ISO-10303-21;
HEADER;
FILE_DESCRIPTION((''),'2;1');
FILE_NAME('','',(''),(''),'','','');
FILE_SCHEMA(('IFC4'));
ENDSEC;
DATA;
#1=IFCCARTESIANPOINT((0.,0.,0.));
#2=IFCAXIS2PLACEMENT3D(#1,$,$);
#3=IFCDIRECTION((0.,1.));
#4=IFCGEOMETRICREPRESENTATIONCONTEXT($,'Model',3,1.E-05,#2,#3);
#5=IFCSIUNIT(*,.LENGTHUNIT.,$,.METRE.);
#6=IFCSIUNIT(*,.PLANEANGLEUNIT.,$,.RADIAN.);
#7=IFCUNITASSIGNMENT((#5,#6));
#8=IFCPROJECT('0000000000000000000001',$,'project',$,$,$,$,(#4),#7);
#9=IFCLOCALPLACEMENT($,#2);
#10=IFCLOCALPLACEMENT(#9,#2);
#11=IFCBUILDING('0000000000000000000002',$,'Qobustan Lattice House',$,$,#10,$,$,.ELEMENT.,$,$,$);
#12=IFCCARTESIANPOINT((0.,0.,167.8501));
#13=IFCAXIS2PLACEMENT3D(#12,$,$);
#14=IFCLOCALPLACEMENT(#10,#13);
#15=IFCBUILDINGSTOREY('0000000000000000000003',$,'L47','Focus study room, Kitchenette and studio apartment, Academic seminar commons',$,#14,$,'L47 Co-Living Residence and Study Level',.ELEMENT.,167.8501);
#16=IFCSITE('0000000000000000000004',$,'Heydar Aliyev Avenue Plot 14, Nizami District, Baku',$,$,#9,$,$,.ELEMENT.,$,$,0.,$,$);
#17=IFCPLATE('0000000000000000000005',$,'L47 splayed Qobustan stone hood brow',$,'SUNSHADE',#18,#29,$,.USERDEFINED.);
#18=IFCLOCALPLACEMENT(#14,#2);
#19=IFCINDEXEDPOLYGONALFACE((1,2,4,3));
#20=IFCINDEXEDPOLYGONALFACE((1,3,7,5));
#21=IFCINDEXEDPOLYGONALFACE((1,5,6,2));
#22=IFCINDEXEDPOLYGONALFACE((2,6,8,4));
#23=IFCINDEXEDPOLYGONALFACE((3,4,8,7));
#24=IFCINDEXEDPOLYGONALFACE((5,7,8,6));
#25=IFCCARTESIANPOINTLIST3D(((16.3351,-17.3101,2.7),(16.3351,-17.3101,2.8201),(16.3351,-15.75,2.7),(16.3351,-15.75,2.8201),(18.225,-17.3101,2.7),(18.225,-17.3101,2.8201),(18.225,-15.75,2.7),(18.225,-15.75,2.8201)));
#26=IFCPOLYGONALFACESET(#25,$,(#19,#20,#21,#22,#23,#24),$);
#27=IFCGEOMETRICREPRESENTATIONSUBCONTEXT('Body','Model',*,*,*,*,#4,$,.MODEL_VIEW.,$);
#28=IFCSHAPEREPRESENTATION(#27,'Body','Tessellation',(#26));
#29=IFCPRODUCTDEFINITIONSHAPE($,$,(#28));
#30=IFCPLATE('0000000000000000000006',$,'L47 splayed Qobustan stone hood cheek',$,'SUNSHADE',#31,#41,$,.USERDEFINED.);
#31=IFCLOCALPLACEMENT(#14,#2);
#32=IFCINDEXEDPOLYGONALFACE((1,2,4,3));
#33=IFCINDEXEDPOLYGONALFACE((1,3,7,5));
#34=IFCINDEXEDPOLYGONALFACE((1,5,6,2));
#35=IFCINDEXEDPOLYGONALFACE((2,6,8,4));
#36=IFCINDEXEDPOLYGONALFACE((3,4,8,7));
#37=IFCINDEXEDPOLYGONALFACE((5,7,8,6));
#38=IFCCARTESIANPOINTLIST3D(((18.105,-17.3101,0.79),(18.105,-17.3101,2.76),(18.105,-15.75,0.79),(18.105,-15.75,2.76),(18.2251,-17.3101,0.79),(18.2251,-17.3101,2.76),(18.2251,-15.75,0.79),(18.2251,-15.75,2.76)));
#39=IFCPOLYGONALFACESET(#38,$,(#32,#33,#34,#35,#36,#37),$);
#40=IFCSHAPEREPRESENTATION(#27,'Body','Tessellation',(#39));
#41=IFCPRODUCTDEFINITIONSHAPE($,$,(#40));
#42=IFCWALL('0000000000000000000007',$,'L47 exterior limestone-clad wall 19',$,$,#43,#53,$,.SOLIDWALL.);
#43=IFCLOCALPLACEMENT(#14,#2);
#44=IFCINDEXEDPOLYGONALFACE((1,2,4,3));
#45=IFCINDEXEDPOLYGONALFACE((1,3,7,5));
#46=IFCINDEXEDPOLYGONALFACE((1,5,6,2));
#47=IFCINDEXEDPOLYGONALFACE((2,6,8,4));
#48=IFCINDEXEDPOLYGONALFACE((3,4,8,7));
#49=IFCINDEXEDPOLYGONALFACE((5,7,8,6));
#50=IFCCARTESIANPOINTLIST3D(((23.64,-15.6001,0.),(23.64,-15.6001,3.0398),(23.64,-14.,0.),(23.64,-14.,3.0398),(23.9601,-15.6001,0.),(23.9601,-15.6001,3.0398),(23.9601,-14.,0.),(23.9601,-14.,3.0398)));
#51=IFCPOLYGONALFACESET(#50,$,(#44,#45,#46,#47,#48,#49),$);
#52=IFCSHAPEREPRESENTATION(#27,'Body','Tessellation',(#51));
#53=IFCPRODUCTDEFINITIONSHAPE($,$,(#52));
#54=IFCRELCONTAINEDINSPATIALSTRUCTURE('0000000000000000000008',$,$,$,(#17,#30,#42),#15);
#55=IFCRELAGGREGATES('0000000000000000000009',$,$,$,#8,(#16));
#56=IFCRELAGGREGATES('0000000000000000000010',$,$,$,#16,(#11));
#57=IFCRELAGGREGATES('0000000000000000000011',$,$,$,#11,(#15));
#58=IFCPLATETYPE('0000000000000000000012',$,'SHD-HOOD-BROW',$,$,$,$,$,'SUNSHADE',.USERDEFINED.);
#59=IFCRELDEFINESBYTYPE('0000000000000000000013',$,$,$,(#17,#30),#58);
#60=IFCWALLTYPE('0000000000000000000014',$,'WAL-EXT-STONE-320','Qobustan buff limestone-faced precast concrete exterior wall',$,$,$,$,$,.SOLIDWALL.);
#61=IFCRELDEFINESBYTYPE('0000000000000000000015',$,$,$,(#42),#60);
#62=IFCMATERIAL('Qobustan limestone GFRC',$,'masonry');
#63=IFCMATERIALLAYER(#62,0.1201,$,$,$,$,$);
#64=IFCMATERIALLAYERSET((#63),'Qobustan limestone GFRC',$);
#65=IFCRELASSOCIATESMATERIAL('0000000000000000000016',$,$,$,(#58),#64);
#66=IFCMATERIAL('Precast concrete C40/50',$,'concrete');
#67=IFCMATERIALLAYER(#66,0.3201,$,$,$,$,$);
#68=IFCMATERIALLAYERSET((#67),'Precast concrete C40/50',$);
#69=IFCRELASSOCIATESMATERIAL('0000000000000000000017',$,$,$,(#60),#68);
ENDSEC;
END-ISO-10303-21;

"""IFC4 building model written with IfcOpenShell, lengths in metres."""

from ifc_helpers import new_model, si_unit, direction, frame, frame_2d, origin, origin_2d, place, context, subcontext, project, spatial, rectangle, extrude, material, layer, layer_set, type_object, element, save


model = new_model("IFC4")

# Units and contexts
model_context = context("Model", 3, precision=1e-05, world=origin(), true_north=direction((0.0, 1.0)))
body_context = subcontext(model_context, "Body", "Model", "MODEL_VIEW")
ifc_project = project(units=[si_unit("LENGTHUNIT", "METRE"), si_unit("PLANEANGLEUNIT", "RADIAN")], contexts=[model_context])

# Site, building, storey
site_placement = place(None, origin())
site = spatial("IfcSite", under=ifc_project, at=site_placement, Name="Heydar Aliyev Avenue Plot 14, Nizami District, Baku", CompositionType="ELEMENT", RefElevation=0.0)
building_placement = place(site_placement, origin())
building = spatial("IfcBuilding", under=site, at=building_placement, Name="Qobustan Lattice House", CompositionType="ELEMENT")
storey_placement = place(building_placement, frame((0.0, 0.0, 167.8501)))
storey = spatial("IfcBuildingStorey", under=building, at=storey_placement, Name="L47", Description="Focus study room, Kitchenette and studio apartment, Academic seminar commons", LongName="L47 Co-Living Residence and Study Level", CompositionType="ELEMENT", Elevation=167.8501)

# Plates
ifc_material_1 = material(Name="Qobustan limestone GFRC", Category="masonry")
ifc_layer_1 = layer(ifc_material_1, 0.1201)
ifc_layer_set_1 = layer_set([ifc_layer_1], Name="Qobustan limestone GFRC")
plate_type_1 = type_object("IfcPlateType", Name="SHD-HOOD-BROW", ElementType="SUNSHADE", PredefinedType="USERDEFINED", material=ifc_layer_set_1)
plate_1_placement = place(storey_placement, frame((17.28, -16.53, 2.7), z_axis=(0.0, 0.0, 1.0), x_axis=(-1.0, 0.0, 0.0)))
element("IfcPlate", 1, at=plate_1_placement, inside=storey, type_object=plate_type_1, Name="L47 splayed Qobustan stone hood brow", ObjectType="SUNSHADE", PredefinedType="USERDEFINED", context=body_context, shape_type="SweptSolid", body=[
    extrude(rectangle(XDim=1.8899, YDim=1.5601, at=origin_2d()), origin(), (0.0, 0.0, 1.0), 0.1201),
])
plate_2_placement = place(storey_placement, frame((18.165, -16.53, 0.79), z_axis=(0.0, 0.0, 1.0), x_axis=(-1.0, 0.0, 0.0)))
element("IfcPlate", 2, at=plate_2_placement, inside=storey, type_object=plate_type_1, Name="L47 splayed Qobustan stone hood cheek", ObjectType="SUNSHADE", PredefinedType="USERDEFINED", context=body_context, shape_type="SweptSolid", body=[
    extrude(rectangle(XDim=0.1201, YDim=1.5601, at=origin_2d()), origin(), (0.0, 0.0, 1.0), 1.97),
])

# Wall
ifc_material_2 = material(Name="Precast concrete C40/50", Category="concrete")
ifc_layer_2 = layer(ifc_material_2, 0.3201)
ifc_layer_set_2 = layer_set([ifc_layer_2], Name="Precast concrete C40/50")
wall_type_1 = type_object("IfcWallType", Name="WAL-EXT-STONE-320", Description="Qobustan buff limestone-faced precast concrete exterior wall", PredefinedType="SOLIDWALL", material=ifc_layer_set_2)
wall_1_placement = place(storey_placement, frame((23.8, -14.0, 0.0), z_axis=(0.0, 0.0, 1.0), x_axis=(0.0, -1.0, 0.0)))
element("IfcWall", 3, at=wall_1_placement, inside=storey, type_object=wall_type_1, Name="L47 exterior limestone-clad wall 19", PredefinedType="SOLIDWALL", context=body_context, shape_type="SweptSolid", body=[
    extrude(rectangle(XDim=1.6001, YDim=0.3201, at=frame_2d((0.8, 0.0))), origin(), (0.0, 0.0, 1.0), 3.0398),
])

save(model, "model.ifc")
